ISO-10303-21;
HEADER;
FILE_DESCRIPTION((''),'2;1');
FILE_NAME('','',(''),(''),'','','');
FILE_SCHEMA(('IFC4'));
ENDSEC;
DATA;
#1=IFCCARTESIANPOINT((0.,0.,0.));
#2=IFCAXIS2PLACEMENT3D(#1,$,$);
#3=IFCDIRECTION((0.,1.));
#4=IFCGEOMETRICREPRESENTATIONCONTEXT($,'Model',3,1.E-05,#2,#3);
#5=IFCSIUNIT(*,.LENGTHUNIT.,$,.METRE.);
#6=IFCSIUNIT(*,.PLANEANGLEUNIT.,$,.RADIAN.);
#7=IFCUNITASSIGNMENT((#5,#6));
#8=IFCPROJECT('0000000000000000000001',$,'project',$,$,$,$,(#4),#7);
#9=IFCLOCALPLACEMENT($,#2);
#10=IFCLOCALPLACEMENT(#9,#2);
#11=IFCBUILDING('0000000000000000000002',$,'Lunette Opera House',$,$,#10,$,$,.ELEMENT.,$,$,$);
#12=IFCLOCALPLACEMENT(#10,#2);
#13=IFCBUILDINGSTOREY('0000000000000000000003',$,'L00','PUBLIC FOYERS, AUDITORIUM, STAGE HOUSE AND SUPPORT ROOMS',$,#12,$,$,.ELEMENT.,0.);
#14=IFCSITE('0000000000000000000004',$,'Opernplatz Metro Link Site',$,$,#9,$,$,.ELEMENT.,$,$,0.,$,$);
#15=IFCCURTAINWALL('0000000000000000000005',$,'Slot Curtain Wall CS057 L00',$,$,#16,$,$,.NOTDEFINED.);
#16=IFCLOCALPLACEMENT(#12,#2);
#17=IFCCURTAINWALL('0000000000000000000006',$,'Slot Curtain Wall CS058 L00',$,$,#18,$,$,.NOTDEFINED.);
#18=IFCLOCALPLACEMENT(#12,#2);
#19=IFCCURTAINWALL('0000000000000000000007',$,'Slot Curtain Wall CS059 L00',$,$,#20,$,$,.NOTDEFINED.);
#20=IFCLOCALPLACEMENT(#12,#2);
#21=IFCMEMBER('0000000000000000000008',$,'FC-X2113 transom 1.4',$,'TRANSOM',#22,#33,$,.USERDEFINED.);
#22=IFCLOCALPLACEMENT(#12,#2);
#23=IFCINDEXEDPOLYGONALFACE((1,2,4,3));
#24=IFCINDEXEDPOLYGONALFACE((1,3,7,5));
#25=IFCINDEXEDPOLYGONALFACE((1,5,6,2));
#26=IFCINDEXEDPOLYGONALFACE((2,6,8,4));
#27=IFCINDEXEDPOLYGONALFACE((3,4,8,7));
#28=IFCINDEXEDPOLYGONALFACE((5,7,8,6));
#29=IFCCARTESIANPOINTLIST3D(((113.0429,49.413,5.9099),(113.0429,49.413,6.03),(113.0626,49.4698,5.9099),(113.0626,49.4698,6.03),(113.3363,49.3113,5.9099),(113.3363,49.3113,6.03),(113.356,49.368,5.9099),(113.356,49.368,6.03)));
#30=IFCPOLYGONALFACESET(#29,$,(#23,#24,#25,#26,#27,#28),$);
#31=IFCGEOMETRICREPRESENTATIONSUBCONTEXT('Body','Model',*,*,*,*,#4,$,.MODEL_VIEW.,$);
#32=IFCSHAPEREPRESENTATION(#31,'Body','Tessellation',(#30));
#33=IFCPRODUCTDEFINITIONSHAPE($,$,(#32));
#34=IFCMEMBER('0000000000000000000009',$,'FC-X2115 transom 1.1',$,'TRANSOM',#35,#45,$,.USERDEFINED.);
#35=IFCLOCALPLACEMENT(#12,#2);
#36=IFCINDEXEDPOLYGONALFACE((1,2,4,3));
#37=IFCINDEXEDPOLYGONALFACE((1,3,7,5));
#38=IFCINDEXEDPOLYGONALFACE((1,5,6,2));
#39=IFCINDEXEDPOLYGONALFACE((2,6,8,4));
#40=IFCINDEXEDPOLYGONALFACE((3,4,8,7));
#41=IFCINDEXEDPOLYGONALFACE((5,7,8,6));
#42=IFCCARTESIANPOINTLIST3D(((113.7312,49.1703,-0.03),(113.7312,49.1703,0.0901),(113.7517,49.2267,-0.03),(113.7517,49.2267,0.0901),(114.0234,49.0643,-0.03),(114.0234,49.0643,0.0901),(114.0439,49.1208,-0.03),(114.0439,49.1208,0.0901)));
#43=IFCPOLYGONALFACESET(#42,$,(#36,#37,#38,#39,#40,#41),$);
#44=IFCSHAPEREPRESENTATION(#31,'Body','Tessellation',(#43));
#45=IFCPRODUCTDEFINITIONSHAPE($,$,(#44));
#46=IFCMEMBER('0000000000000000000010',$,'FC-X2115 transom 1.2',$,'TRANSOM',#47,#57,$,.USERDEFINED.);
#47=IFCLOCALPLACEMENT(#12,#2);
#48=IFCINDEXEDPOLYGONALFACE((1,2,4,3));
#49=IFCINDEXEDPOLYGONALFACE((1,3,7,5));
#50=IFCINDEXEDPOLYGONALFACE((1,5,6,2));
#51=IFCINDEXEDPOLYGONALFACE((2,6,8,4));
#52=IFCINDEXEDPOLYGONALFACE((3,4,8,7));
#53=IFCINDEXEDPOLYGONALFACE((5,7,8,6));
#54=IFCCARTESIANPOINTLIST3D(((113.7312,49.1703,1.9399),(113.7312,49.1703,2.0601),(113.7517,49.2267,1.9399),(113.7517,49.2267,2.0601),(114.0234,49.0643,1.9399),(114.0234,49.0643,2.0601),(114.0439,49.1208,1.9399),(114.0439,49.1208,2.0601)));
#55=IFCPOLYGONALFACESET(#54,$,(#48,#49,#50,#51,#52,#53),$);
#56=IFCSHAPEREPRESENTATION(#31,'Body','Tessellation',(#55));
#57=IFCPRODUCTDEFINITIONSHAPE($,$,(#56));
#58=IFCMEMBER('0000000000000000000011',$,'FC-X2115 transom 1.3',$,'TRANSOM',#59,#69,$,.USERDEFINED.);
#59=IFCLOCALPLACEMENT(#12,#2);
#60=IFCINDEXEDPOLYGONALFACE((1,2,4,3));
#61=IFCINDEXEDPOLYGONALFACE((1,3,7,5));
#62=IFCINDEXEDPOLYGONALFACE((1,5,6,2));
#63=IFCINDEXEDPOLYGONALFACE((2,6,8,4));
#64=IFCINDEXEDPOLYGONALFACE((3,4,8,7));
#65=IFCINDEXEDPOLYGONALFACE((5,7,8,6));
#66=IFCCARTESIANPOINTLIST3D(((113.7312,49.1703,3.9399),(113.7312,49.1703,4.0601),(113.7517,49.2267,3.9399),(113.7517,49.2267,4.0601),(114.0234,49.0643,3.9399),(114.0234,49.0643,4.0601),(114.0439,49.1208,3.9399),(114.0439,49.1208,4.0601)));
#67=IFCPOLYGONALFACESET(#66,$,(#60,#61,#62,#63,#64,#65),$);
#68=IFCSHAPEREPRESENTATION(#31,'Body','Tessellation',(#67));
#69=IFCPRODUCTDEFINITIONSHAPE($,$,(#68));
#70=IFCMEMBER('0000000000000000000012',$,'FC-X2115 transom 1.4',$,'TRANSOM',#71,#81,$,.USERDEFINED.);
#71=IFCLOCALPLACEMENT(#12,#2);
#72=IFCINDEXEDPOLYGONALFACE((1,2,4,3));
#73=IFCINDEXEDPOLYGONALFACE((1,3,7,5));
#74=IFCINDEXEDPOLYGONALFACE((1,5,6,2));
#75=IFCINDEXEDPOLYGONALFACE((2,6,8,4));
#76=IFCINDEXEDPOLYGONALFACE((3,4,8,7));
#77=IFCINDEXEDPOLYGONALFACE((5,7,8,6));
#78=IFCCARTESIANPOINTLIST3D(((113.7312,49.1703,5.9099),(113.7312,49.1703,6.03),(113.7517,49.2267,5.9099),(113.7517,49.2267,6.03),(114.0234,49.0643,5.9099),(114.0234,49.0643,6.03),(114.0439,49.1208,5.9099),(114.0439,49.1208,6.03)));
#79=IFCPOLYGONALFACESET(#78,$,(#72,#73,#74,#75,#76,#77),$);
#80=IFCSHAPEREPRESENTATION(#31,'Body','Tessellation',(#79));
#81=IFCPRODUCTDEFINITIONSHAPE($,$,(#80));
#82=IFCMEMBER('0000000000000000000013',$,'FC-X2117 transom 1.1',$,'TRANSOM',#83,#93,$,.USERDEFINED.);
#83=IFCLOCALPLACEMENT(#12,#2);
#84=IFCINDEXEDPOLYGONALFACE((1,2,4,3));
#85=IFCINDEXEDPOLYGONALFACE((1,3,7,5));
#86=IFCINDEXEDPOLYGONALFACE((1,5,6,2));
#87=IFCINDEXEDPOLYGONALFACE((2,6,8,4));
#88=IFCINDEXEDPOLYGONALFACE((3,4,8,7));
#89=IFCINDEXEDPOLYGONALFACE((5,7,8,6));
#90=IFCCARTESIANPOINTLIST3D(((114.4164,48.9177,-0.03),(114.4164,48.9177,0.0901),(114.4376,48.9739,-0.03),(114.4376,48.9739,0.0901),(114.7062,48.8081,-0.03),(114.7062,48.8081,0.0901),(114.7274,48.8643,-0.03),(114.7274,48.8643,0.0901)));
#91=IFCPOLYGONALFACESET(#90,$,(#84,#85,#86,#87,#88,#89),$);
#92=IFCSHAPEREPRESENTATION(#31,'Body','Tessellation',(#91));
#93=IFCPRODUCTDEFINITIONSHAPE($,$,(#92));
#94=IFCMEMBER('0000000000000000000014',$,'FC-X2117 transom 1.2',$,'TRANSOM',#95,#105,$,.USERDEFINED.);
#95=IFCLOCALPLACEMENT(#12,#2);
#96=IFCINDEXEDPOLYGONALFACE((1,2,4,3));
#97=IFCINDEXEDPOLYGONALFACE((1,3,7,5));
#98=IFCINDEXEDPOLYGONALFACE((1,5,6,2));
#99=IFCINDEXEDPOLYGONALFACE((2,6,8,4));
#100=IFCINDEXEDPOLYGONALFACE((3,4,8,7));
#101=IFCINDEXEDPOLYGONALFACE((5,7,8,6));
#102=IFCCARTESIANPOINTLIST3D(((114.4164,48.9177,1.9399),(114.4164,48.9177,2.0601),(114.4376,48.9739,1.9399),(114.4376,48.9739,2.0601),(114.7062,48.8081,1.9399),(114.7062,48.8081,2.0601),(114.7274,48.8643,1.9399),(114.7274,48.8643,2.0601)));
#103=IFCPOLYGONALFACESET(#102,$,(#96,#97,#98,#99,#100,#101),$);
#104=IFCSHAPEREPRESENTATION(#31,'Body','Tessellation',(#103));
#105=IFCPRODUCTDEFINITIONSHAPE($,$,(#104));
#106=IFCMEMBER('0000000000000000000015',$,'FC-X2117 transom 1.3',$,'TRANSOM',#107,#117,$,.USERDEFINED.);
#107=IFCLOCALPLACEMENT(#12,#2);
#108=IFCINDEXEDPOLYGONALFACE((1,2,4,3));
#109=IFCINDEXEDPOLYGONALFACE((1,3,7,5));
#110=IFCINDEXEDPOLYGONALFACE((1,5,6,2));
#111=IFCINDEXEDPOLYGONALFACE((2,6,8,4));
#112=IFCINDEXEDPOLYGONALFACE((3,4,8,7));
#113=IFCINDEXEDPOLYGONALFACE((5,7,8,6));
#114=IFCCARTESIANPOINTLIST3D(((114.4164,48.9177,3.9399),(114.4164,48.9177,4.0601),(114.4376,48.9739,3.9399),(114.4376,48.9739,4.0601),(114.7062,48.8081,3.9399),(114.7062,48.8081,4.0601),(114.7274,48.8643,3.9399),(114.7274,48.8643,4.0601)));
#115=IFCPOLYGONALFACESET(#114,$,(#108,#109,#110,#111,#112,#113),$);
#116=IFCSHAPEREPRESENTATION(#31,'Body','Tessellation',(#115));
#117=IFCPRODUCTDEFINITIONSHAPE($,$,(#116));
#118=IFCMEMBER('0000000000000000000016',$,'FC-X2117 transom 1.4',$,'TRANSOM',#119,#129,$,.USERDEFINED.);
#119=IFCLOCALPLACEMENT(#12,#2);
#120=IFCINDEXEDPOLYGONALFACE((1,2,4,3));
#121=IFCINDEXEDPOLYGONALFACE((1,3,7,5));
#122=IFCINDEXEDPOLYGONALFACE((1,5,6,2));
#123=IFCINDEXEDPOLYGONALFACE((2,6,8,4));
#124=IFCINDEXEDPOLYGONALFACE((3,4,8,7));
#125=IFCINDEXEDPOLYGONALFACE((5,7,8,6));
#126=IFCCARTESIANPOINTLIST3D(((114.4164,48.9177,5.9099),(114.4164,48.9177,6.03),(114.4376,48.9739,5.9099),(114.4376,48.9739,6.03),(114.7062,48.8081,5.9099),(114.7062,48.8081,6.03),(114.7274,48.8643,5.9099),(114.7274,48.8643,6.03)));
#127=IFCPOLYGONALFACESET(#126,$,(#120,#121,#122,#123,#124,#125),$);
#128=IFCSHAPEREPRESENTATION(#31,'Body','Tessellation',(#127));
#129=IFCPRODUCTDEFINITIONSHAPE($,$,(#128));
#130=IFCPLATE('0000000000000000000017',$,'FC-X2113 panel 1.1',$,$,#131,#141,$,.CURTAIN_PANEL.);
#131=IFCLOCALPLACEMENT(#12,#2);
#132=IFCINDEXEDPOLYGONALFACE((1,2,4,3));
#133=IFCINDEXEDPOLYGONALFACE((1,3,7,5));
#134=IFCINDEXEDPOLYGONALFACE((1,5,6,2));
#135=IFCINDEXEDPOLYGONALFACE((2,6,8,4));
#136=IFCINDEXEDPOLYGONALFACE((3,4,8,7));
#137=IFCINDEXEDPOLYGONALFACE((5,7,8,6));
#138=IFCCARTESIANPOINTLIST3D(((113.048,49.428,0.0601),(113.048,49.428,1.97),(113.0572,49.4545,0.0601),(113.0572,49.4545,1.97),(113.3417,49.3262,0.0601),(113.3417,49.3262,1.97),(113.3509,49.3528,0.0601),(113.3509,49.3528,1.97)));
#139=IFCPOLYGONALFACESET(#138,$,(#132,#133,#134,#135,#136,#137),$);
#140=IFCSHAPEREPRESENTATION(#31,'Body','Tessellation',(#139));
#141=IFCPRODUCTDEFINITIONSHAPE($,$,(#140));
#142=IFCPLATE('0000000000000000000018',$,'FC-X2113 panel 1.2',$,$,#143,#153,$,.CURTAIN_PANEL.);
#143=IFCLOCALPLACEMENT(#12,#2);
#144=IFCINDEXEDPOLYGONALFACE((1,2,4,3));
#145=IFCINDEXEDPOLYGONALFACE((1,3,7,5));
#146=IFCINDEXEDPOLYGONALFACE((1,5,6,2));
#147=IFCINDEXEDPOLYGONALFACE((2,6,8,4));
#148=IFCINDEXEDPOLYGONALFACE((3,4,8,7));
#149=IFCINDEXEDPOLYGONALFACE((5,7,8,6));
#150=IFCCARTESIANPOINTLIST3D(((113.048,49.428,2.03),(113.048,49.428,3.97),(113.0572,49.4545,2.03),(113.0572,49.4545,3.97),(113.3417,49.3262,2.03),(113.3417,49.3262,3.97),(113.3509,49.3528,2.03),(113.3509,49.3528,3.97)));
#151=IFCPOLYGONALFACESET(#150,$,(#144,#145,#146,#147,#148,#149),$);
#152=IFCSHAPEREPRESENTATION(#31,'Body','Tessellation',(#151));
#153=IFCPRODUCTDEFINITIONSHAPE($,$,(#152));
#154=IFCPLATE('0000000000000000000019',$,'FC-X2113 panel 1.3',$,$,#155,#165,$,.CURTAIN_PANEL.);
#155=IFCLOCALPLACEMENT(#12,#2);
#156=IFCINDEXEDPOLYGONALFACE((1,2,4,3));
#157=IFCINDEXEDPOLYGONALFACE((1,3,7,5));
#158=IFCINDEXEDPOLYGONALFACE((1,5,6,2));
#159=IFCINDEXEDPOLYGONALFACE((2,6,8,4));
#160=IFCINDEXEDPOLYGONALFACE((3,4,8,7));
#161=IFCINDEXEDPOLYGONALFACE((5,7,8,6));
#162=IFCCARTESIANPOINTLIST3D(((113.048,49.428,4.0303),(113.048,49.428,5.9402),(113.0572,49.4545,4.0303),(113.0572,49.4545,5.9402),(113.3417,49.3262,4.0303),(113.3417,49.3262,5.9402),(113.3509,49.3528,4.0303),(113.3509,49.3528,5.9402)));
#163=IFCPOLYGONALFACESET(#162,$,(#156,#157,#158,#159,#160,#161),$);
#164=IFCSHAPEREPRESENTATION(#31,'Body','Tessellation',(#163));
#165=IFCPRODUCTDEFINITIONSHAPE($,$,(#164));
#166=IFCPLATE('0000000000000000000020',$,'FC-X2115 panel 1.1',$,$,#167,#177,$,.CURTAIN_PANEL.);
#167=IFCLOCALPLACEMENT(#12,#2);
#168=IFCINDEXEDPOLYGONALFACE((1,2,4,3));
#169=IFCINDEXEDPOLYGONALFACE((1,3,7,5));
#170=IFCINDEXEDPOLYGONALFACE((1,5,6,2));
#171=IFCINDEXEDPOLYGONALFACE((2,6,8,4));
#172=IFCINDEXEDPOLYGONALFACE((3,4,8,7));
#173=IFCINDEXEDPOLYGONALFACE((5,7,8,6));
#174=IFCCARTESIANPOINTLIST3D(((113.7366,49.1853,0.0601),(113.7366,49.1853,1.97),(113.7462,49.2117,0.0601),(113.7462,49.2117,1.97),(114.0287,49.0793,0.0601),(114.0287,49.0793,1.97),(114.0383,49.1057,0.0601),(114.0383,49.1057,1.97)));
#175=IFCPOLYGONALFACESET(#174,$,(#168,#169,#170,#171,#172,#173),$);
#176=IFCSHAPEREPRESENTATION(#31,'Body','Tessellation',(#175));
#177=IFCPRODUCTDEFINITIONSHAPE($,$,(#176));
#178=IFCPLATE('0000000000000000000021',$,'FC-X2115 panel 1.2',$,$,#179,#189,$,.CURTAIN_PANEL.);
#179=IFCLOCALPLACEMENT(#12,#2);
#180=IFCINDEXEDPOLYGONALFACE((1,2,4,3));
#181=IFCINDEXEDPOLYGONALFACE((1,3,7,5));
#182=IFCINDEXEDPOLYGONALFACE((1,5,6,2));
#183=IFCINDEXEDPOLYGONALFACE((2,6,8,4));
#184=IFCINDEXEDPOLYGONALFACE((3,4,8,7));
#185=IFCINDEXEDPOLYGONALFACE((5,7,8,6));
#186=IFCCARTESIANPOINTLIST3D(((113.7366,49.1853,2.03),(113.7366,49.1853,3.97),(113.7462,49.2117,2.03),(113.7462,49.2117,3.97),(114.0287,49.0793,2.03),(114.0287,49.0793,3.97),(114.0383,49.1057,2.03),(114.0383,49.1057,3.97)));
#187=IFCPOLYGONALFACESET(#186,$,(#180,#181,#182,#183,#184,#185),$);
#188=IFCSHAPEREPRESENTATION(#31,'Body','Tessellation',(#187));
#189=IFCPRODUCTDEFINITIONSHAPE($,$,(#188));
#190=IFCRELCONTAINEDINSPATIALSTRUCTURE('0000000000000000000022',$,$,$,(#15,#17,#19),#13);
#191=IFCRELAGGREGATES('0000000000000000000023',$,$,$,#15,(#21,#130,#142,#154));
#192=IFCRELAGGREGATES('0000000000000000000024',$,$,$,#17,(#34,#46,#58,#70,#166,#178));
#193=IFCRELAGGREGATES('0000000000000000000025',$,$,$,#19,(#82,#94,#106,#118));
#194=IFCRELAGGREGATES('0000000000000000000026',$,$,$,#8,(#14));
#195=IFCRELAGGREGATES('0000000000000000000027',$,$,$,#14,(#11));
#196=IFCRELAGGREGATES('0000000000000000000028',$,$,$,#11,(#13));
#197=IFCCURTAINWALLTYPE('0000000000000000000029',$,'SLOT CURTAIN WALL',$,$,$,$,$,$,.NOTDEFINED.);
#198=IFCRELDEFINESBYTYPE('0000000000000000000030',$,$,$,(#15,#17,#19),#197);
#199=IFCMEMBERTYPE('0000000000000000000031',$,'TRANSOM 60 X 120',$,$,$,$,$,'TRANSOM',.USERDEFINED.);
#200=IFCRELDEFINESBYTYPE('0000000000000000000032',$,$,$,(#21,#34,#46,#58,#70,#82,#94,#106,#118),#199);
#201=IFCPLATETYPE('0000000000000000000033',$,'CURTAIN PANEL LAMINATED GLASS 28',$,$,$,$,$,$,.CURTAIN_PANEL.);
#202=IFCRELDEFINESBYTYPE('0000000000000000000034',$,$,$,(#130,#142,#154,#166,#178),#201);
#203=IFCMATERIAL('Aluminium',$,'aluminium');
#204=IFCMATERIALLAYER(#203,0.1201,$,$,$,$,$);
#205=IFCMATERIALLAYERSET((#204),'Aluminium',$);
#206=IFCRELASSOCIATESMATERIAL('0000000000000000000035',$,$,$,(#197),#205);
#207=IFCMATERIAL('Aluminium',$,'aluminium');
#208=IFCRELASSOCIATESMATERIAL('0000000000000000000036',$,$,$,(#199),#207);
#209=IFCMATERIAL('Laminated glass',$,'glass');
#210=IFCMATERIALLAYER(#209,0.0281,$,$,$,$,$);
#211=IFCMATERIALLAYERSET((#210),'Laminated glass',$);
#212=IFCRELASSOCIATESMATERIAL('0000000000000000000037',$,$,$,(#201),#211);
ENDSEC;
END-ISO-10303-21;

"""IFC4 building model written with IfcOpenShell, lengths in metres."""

from ifc_helpers import new_model, si_unit, direction, frame, origin, origin_2d, place, context, subcontext, project, spatial, rectangle, extrude, material, layer, layer_set, material_profile, profile_set, type_object, element, aggregate, save


model = new_model("IFC4")

# Units and contexts
model_context = context("Model", 3, precision=1e-05, world=origin(), true_north=direction((0.0, 1.0)))
body_context = subcontext(model_context, "Body", "Model", "MODEL_VIEW")
ifc_project = project(units=[si_unit("LENGTHUNIT", "METRE"), si_unit("PLANEANGLEUNIT", "RADIAN")], contexts=[model_context])

# Site, building, storey
site_placement = place(None, origin())
site = spatial("IfcSite", under=ifc_project, at=site_placement, Name="Opernplatz Metro Link Site", CompositionType="ELEMENT", RefElevation=0.0)
building_placement = place(site_placement, origin())
building = spatial("IfcBuilding", under=site, at=building_placement, Name="Lunette Opera House", CompositionType="ELEMENT")
storey_placement = place(building_placement, origin())
storey = spatial("IfcBuildingStorey", under=building, at=storey_placement, Name="L00", Description="PUBLIC FOYERS, AUDITORIUM, STAGE HOUSE AND SUPPORT ROOMS", CompositionType="ELEMENT", Elevation=0.0)

# Curtain wall
ifc_material_1 = material(Name="Aluminium", Category="aluminium")
ifc_layer_1 = layer(ifc_material_1, 0.1201)
ifc_layer_set_1 = layer_set([ifc_layer_1], Name="Aluminium")
curtain_wall_type = type_object("IfcCurtainWallType", Name="SLOT CURTAIN WALL", PredefinedType="NOTDEFINED", material=ifc_layer_set_1)
curtain_wall_1_placement = place(storey_placement, origin())
curtain_wall_1 = element("IfcCurtainWall", 1, at=curtain_wall_1_placement, inside=storey, type_object=curtain_wall_type, Name="Slot Curtain Wall CS057 L00", PredefinedType="NOTDEFINED")

# Curtain wall
curtain_wall_2_placement = place(storey_placement, origin())
curtain_wall_2 = element("IfcCurtainWall", 2, at=curtain_wall_2_placement, inside=storey, type_object=curtain_wall_type, Name="Slot Curtain Wall CS058 L00", PredefinedType="NOTDEFINED")

# Curtain wall
curtain_wall_3_placement = place(storey_placement, origin())
curtain_wall_3 = element("IfcCurtainWall", 3, at=curtain_wall_3_placement, inside=storey, type_object=curtain_wall_type, Name="Slot Curtain Wall CS059 L00", PredefinedType="NOTDEFINED")

# Members
ifc_material_2 = material(Name="Aluminium", Category="aluminium")
ifc_material_profile_1 = material_profile(ifc_material_2, rectangle(XDim=0.0601, YDim=0.1201, at=origin_2d()), Name="TRANSOM 60 X 120")
ifc_profile_set_1 = profile_set([ifc_material_profile_1], Name="Aluminium")
member_type_1 = type_object("IfcMemberType", Name="TRANSOM 60 X 120", ElementType="TRANSOM", PredefinedType="USERDEFINED", material=ifc_profile_set_1)
member_1_placement = place(storey_placement, frame((113.0527, 49.4414, 5.97), z_axis=(0.944762, -0.327758, 0.0), x_axis=(0.327758, 0.944762, 0.0)))
member_1 = element("IfcMember", 4, at=member_1_placement, type_object=member_type_1, Name="FC-X2113 transom 1.4", ObjectType="TRANSOM", PredefinedType="USERDEFINED", context=body_context, shape_type="SweptSolid", body=[
    extrude(rectangle(XDim=0.0601, YDim=0.1201, at=origin_2d()), origin(), (0.0, 0.0, 1.0), 0.3105),
])
member_2_placement = place(storey_placement, frame((113.7415, 49.1985, 0.03), z_axis=(0.940114, -0.34086, 0.0), x_axis=(0.34086, 0.940114, 0.0)))
member_2 = element("IfcMember", 5, at=member_2_placement, type_object=member_type_1, Name="FC-X2115 transom 1.1", ObjectType="TRANSOM", PredefinedType="USERDEFINED", context=body_context, shape_type="SweptSolid", body=[
    extrude(rectangle(XDim=0.0601, YDim=0.1201, at=origin_2d()), origin(), (0.0, 0.0, 1.0), 0.3108),
])
member_3_placement = place(storey_placement, frame((113.7415, 49.1985, 2.0), z_axis=(0.940114, -0.34086, 0.0), x_axis=(0.34086, 0.940114, 0.0)))
member_3 = element("IfcMember", 6, at=member_3_placement, type_object=member_type_1, Name="FC-X2115 transom 1.2", ObjectType="TRANSOM", PredefinedType="USERDEFINED", context=body_context, shape_type="SweptSolid", body=[
    extrude(rectangle(XDim=0.0601, YDim=0.1201, at=origin_2d()), origin(), (0.0, 0.0, 1.0), 0.3108),
])
member_4_placement = place(storey_placement, frame((113.7415, 49.1985, 4.0), z_axis=(0.940114, -0.34086, 0.0), x_axis=(0.34086, 0.940114, 0.0)))
member_4 = element("IfcMember", 7, at=member_4_placement, type_object=member_type_1, Name="FC-X2115 transom 1.3", ObjectType="TRANSOM", PredefinedType="USERDEFINED", context=body_context, shape_type="SweptSolid", body=[
    extrude(rectangle(XDim=0.0601, YDim=0.1201, at=origin_2d()), origin(), (0.0, 0.0, 1.0), 0.3108),
])
member_5_placement = place(storey_placement, frame((113.7415, 49.1985, 5.97), z_axis=(0.940114, -0.34086, 0.0), x_axis=(0.34086, 0.940114, 0.0)))
member_5 = element("IfcMember", 8, at=member_5_placement, type_object=member_type_1, Name="FC-X2115 transom 1.4", ObjectType="TRANSOM", PredefinedType="USERDEFINED", context=body_context, shape_type="SweptSolid", body=[
    extrude(rectangle(XDim=0.0601, YDim=0.1201, at=origin_2d()), origin(), (0.0, 0.0, 1.0), 0.3108),
])
member_6_placement = place(storey_placement, frame((114.427, 48.9458, 0.03), z_axis=(0.935321, -0.353799, 0.0), x_axis=(0.353799, 0.935321, 0.0)))
member_6 = element("IfcMember", 9, at=member_6_placement, type_object=member_type_1, Name="FC-X2117 transom 1.1", ObjectType="TRANSOM", PredefinedType="USERDEFINED", context=body_context, shape_type="SweptSolid", body=[
    extrude(rectangle(XDim=0.0601, YDim=0.1201, at=origin_2d()), origin(), (0.0, 0.0, 1.0), 0.3098),
])
member_7_placement = place(storey_placement, frame((114.427, 48.9458, 2.0), z_axis=(0.935321, -0.353799, 0.0), x_axis=(0.353799, 0.935321, 0.0)))
member_7 = element("IfcMember", 10, at=member_7_placement, type_object=member_type_1, Name="FC-X2117 transom 1.2", ObjectType="TRANSOM", PredefinedType="USERDEFINED", context=body_context, shape_type="SweptSolid", body=[
    extrude(rectangle(XDim=0.0601, YDim=0.1201, at=origin_2d()), origin(), (0.0, 0.0, 1.0), 0.3098),
])
member_8_placement = place(storey_placement, frame((114.427, 48.9458, 4.0), z_axis=(0.935321, -0.353799, 0.0), x_axis=(0.353799, 0.935321, 0.0)))
member_8 = element("IfcMember", 11, at=member_8_placement, type_object=member_type_1, Name="FC-X2117 transom 1.3", ObjectType="TRANSOM", PredefinedType="USERDEFINED", context=body_context, shape_type="SweptSolid", body=[
    extrude(rectangle(XDim=0.0601, YDim=0.1201, at=origin_2d()), origin(), (0.0, 0.0, 1.0), 0.3098),
])
member_9_placement = place(storey_placement, frame((114.427, 48.9458, 5.97), z_axis=(0.935321, -0.353799, 0.0), x_axis=(0.353799, 0.935321, 0.0)))
member_9 = element("IfcMember", 12, at=member_9_placement, type_object=member_type_1, Name="FC-X2117 transom 1.4", ObjectType="TRANSOM", PredefinedType="USERDEFINED", context=body_context, shape_type="SweptSolid", body=[
    extrude(rectangle(XDim=0.0601, YDim=0.1201, at=origin_2d()), origin(), (0.0, 0.0, 1.0), 0.3098),
])

# Plates
ifc_material_3 = material(Name="Laminated glass", Category="glass")
ifc_layer_2 = layer(ifc_material_3, 0.0281)
ifc_layer_set_2 = layer_set([ifc_layer_2], Name="Laminated glass")
plate_type = type_object("IfcPlateType", Name="CURTAIN PANEL LAMINATED GLASS 28", PredefinedType="CURTAIN_PANEL", material=ifc_layer_set_2)
plate_1_placement = place(storey_placement, frame((113.1995, 49.3904, 0.0601), z_axis=(0.0, 0.0, 1.0), x_axis=(0.944903, -0.32735, 0.0)))
plate_1 = element("IfcPlate", 13, at=plate_1_placement, type_object=plate_type, Name="FC-X2113 panel 1.1", PredefinedType="CURTAIN_PANEL", context=body_context, shape_type="SweptSolid", body=[
    extrude(rectangle(XDim=0.3108, YDim=0.0281, at=origin_2d()), origin(), (0.0, 0.0, 1.0), 1.9099),
])
plate_2_placement = place(storey_placement, frame((113.1995, 49.3904, 2.03), z_axis=(0.0, 0.0, 1.0), x_axis=(0.944903, -0.32735, 0.0)))
plate_2 = element("IfcPlate", 14, at=plate_2_placement, type_object=plate_type, Name="FC-X2113 panel 1.2", PredefinedType="CURTAIN_PANEL", context=body_context, shape_type="SweptSolid", body=[
    extrude(rectangle(XDim=0.3108, YDim=0.0281, at=origin_2d()), origin(), (0.0, 0.0, 1.0), 1.9399),
])
plate_3_placement = place(storey_placement, frame((113.1995, 49.3904, 4.0303), z_axis=(0.0, 0.0, 1.0), x_axis=(0.944903, -0.32735, 0.0)))
plate_3 = element("IfcPlate", 15, at=plate_3_placement, type_object=plate_type, Name="FC-X2113 panel 1.3", PredefinedType="CURTAIN_PANEL", context=body_context, shape_type="SweptSolid", body=[
    extrude(rectangle(XDim=0.3108, YDim=0.0281, at=origin_2d()), origin(), (0.0, 0.0, 1.0), 1.9099),
])
aggregate(curtain_wall_1, [member_1, plate_1, plate_2, plate_3])
plate_4_placement = place(storey_placement, frame((113.8875, 49.1455, 0.0601), z_axis=(0.0, 0.0, 1.0), x_axis=(0.939997, -0.341184, 0.0)))
plate_4 = element("IfcPlate", 16, at=plate_4_placement, type_object=plate_type, Name="FC-X2115 panel 1.1", PredefinedType="CURTAIN_PANEL", context=body_context, shape_type="SweptSolid", body=[
    extrude(rectangle(XDim=0.3108, YDim=0.0281, at=origin_2d()), origin(), (0.0, 0.0, 1.0), 1.9099),
])
plate_5_placement = place(storey_placement, frame((113.8875, 49.1455, 2.03), z_axis=(0.0, 0.0, 1.0), x_axis=(0.939997, -0.341184, 0.0)))
plate_5 = element("IfcPlate", 17, at=plate_5_placement, type_object=plate_type, Name="FC-X2115 panel 1.2", PredefinedType="CURTAIN_PANEL", context=body_context, shape_type="SweptSolid", body=[
    extrude(rectangle(XDim=0.3108, YDim=0.0281, at=origin_2d()), origin(), (0.0, 0.0, 1.0), 1.9399),
])
aggregate(curtain_wall_2, [member_2, member_3, member_4, member_5, plate_4, plate_5])
aggregate(curtain_wall_3, [member_6, member_7, member_8, member_9])

save(model, "model.ifc")
